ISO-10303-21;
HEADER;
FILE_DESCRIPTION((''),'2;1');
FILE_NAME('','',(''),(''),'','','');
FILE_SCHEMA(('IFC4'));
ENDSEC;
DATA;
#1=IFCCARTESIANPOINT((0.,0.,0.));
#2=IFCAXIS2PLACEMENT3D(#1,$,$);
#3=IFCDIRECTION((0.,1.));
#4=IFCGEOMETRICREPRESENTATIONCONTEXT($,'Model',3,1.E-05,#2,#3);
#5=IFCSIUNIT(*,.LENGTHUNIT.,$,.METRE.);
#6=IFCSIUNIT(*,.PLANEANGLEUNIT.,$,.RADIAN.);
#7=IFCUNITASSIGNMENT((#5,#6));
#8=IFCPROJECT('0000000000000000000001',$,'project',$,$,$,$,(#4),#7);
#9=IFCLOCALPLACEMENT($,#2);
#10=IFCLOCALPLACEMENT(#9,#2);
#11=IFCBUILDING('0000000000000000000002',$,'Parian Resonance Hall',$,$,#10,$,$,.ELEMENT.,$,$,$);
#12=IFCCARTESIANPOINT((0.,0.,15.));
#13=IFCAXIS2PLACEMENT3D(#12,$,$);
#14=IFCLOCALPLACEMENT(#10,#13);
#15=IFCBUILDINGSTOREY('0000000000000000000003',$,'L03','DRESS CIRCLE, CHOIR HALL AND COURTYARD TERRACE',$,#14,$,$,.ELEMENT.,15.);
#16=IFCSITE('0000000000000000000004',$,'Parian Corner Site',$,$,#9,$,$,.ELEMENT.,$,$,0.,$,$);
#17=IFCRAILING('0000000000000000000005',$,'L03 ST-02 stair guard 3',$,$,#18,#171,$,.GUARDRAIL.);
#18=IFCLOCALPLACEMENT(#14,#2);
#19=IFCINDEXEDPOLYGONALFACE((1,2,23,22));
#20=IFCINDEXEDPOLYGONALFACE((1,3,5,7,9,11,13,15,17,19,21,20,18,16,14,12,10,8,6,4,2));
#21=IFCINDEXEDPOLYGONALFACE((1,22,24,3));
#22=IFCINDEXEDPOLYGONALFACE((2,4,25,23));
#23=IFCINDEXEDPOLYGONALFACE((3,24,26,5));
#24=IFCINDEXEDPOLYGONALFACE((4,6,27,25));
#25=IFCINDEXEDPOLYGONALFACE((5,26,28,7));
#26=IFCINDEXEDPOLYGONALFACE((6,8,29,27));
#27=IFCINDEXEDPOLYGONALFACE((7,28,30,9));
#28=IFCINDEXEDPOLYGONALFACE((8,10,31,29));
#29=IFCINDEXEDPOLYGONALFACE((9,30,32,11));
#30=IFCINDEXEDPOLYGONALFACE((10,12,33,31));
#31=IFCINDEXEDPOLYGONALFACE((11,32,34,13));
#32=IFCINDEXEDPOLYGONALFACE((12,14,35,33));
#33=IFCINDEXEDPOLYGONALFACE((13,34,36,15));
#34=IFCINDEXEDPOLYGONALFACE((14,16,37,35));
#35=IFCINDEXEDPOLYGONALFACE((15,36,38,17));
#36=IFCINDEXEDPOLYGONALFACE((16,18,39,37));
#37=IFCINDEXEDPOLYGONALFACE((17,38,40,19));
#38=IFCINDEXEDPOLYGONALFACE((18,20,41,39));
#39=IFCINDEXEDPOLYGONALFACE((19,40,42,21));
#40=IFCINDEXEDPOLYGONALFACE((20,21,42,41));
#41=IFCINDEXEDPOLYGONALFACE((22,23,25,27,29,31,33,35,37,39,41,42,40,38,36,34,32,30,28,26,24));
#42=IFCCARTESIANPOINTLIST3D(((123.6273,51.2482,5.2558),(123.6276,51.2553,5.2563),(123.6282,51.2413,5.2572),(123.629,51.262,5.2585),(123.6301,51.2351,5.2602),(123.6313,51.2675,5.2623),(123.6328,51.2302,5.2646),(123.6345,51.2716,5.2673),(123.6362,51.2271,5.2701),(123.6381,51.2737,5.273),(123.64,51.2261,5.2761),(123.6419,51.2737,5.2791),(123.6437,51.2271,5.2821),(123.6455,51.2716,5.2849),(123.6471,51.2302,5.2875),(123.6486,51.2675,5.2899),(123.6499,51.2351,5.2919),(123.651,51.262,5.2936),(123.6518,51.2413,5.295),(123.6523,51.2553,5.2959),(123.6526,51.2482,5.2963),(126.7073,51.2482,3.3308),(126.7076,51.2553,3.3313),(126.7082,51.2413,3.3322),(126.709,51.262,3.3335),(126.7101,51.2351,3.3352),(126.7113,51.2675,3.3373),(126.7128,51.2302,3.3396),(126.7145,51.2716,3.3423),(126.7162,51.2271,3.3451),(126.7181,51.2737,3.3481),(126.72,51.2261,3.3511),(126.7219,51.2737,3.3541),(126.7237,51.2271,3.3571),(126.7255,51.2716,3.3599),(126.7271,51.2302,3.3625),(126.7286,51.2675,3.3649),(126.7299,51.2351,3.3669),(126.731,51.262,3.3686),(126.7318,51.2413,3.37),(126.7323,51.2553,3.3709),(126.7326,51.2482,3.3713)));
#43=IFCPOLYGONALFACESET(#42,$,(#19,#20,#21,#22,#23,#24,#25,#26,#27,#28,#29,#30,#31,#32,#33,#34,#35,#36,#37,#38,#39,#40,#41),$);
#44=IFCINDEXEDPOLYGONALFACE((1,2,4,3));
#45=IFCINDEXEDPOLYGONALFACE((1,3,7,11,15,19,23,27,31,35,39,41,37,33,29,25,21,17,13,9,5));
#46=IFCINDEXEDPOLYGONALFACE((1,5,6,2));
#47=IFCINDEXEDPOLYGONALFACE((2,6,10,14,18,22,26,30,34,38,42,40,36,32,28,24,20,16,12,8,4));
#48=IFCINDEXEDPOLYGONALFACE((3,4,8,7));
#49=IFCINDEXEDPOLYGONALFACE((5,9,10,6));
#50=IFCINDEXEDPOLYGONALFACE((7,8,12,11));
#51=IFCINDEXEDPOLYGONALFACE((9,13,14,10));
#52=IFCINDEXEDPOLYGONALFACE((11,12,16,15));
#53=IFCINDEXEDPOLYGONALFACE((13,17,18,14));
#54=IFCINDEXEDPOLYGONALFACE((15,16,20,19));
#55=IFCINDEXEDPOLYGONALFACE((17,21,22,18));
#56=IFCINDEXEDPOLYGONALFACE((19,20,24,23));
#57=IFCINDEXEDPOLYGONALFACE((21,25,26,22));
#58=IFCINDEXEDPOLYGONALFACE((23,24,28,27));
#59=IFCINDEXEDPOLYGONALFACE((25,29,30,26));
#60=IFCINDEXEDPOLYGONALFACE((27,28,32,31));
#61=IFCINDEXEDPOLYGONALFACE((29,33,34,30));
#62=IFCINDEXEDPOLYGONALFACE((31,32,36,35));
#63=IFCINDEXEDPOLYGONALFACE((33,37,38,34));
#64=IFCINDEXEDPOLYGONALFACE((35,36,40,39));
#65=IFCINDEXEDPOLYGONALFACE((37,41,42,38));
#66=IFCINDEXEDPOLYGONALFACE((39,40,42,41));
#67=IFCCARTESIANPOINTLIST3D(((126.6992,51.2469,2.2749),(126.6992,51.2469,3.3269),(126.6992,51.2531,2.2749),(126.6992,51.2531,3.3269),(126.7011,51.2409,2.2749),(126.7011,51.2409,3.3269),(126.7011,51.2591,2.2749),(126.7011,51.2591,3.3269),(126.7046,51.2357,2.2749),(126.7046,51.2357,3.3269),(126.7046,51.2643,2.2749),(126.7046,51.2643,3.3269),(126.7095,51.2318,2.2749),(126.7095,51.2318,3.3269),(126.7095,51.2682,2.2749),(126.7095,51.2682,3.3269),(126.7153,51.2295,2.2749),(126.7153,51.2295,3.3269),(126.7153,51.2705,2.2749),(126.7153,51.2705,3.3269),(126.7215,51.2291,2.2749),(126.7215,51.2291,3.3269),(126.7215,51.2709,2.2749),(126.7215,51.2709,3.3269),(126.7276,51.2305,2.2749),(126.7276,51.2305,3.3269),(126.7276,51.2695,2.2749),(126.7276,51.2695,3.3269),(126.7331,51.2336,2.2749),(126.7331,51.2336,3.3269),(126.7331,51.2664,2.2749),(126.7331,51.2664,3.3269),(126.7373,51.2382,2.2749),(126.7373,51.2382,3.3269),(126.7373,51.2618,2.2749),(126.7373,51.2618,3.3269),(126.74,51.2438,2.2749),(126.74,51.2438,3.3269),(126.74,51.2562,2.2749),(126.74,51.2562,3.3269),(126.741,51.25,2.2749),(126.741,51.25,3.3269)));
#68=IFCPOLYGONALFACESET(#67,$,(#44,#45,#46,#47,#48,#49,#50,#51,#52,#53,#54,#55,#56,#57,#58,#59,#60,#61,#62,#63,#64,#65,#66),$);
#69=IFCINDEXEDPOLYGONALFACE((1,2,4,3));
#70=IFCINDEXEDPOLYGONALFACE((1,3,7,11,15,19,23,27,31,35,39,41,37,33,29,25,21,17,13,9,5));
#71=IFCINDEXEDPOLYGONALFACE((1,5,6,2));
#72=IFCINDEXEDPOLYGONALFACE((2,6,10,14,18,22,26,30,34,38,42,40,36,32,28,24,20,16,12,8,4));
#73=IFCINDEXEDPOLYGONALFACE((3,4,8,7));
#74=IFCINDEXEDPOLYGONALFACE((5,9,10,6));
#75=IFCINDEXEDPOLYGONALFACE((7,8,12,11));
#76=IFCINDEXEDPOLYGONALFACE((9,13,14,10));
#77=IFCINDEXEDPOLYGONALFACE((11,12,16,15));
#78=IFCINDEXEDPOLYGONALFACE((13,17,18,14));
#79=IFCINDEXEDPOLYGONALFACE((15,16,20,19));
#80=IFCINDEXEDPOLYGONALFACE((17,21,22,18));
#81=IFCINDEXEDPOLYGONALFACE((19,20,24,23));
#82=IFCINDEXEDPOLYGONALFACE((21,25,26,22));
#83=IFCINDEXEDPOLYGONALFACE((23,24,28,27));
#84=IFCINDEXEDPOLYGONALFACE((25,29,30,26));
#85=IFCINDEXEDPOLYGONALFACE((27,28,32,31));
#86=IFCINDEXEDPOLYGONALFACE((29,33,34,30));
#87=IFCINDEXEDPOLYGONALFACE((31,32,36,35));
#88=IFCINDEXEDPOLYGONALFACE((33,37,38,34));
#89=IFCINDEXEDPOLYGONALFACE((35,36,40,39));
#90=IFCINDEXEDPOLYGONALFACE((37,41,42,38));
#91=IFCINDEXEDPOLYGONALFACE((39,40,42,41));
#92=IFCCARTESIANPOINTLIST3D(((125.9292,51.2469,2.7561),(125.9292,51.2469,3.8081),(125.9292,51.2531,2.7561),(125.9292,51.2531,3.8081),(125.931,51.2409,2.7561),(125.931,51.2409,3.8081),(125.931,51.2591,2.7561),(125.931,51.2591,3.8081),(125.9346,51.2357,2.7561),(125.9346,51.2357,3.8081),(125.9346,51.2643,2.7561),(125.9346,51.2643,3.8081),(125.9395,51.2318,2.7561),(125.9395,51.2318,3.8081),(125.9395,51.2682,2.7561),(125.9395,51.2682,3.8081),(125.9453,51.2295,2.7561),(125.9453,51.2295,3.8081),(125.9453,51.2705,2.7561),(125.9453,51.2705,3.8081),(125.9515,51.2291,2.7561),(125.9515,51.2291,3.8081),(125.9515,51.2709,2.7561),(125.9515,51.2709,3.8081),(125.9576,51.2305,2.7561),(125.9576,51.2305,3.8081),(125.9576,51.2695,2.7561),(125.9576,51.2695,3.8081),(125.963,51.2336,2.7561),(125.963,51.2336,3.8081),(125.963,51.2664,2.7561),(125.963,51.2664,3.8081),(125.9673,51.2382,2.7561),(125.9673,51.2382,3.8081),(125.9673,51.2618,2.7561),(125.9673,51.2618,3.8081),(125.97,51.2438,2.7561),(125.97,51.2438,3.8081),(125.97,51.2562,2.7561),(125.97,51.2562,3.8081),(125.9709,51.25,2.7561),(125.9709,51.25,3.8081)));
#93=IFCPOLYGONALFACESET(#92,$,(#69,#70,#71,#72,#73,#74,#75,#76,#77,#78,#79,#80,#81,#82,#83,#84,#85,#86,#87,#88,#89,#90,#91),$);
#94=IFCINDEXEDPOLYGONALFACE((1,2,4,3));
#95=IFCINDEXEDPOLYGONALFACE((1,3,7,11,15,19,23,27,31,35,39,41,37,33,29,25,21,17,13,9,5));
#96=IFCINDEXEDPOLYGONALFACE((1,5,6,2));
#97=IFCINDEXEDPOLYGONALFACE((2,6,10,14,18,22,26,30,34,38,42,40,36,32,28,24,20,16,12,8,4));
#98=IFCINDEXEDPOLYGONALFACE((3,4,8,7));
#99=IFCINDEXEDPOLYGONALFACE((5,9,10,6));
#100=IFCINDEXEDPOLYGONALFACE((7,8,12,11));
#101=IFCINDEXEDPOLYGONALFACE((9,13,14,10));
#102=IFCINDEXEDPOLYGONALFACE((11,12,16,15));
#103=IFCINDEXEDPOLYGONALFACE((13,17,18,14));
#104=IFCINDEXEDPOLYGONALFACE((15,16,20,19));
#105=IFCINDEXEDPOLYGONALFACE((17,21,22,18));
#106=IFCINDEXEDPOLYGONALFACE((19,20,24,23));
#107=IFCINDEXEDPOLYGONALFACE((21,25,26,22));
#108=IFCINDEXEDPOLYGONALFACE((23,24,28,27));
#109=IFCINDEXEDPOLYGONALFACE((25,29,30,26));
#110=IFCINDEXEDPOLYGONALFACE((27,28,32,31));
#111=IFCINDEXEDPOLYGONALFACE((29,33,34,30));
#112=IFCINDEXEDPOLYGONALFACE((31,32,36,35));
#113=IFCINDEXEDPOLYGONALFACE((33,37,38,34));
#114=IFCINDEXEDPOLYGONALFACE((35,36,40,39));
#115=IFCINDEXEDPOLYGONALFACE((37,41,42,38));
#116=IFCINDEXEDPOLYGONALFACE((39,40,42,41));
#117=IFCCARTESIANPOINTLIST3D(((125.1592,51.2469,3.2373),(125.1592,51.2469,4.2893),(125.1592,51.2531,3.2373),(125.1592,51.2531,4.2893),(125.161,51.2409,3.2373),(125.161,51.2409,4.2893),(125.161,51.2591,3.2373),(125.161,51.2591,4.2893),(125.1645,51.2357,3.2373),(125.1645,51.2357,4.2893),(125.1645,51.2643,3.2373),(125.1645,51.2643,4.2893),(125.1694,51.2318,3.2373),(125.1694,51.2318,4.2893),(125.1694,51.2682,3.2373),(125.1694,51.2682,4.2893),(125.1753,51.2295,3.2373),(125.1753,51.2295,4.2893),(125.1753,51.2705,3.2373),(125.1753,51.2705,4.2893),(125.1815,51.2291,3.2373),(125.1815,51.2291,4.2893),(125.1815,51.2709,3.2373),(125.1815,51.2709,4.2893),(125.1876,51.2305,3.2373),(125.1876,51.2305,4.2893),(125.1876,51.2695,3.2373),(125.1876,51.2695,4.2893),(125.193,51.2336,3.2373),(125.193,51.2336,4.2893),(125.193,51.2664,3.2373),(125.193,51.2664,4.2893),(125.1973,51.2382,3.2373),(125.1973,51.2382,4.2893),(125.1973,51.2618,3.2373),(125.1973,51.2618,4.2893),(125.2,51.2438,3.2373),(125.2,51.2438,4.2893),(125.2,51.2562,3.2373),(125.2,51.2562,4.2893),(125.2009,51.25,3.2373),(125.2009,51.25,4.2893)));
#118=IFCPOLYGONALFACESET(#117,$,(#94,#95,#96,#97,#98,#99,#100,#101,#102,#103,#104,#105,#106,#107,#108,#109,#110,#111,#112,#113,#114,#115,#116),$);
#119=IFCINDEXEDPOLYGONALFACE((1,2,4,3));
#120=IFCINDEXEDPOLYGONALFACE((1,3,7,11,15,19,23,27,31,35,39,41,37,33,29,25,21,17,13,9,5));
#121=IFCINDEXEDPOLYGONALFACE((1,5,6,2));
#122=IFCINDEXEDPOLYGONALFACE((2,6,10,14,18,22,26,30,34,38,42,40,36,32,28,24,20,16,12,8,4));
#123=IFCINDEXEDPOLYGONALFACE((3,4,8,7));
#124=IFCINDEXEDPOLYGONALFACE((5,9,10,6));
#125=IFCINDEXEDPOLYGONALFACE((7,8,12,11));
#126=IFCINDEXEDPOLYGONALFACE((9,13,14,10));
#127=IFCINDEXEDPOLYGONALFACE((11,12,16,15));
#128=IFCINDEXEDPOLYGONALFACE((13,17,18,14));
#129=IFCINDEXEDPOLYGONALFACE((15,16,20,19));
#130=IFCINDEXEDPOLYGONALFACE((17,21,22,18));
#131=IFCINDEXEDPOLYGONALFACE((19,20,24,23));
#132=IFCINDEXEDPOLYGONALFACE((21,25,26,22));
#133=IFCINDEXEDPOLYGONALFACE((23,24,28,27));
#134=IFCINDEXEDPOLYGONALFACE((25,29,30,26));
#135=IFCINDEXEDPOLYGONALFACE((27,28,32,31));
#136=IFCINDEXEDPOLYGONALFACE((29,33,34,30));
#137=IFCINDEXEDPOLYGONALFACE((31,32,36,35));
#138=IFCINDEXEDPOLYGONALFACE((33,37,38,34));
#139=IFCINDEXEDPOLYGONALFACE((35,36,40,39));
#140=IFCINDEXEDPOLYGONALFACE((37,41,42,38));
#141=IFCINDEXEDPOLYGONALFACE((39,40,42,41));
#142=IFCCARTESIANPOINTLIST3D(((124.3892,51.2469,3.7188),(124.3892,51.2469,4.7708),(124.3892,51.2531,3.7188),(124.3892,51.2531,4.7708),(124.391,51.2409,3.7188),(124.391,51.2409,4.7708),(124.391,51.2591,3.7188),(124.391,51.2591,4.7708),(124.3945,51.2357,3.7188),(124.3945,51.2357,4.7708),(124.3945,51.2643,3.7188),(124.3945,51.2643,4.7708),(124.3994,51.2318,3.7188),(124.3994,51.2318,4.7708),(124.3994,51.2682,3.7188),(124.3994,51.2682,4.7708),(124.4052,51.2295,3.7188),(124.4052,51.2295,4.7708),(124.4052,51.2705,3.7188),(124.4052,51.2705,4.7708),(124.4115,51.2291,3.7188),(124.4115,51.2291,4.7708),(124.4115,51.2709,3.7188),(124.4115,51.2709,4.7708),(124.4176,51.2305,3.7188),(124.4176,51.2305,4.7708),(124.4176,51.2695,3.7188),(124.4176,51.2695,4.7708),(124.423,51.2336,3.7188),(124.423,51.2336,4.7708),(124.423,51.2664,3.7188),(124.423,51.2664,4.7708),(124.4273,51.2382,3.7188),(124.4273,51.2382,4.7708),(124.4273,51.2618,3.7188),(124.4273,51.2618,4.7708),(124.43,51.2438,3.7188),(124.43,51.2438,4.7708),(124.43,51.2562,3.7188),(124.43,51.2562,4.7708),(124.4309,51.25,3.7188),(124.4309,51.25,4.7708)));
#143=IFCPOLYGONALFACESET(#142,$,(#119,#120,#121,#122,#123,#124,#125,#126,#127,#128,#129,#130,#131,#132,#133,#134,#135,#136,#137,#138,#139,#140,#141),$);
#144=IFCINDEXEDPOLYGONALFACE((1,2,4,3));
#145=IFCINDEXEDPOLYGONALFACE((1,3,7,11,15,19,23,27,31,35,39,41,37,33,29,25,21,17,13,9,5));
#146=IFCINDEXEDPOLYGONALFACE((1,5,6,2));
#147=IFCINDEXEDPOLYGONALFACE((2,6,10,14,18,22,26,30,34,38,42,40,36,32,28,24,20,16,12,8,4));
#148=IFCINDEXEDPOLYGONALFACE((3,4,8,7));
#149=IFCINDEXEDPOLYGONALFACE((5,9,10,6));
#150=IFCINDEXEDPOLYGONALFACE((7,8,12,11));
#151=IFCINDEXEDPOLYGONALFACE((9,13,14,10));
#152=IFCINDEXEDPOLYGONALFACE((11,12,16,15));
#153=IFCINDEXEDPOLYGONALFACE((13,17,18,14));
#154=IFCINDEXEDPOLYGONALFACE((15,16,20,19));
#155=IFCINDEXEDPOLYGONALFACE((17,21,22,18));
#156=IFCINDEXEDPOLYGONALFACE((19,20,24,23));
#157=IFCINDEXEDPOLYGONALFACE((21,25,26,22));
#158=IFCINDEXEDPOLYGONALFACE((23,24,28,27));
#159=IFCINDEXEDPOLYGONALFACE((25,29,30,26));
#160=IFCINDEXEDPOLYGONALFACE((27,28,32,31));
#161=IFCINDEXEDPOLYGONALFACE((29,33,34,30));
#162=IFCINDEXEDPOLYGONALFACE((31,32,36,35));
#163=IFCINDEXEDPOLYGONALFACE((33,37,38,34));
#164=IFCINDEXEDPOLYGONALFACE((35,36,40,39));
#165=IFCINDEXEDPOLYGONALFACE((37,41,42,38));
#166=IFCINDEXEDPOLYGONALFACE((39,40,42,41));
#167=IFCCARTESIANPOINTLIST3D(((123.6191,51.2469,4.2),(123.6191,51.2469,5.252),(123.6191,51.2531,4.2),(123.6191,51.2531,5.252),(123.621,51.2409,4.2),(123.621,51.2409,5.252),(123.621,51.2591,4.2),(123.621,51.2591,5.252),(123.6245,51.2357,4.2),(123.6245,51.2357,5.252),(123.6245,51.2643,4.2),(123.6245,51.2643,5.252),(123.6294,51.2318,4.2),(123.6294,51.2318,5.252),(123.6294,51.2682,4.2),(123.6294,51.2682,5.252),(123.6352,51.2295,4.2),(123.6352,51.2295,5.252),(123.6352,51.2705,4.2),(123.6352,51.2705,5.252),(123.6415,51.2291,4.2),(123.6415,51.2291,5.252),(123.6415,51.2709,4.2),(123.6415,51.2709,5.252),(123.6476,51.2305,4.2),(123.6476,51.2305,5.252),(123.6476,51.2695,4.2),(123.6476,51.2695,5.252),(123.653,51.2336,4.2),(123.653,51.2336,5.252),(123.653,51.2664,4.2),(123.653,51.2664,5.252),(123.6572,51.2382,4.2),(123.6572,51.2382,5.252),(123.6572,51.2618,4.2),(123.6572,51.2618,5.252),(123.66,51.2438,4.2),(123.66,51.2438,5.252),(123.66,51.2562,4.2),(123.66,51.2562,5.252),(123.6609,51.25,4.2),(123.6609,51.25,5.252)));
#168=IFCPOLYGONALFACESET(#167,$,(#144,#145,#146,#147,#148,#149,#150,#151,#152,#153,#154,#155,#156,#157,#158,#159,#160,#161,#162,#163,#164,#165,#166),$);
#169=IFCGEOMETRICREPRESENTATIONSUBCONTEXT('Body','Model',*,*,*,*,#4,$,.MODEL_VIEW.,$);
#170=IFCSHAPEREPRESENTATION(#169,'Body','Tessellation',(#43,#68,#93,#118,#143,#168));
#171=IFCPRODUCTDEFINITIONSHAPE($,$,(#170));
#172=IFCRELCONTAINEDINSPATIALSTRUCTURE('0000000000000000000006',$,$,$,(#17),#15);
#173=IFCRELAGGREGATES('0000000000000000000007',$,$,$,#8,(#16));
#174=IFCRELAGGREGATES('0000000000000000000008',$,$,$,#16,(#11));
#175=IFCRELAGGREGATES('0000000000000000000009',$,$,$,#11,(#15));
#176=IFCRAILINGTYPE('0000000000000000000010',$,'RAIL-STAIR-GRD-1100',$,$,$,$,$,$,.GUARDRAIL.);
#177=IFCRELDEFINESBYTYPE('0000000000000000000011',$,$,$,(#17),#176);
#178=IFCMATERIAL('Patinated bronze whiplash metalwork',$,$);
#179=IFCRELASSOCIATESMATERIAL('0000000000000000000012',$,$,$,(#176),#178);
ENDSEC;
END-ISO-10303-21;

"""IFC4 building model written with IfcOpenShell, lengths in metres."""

from ifc_helpers import new_model, si_unit, direction, frame, origin, origin_2d, place, context, subcontext, project, spatial, circle, extrude, material, type_object, element, save


model = new_model("IFC4")

# Units and contexts
model_context = context("Model", 3, precision=1e-05, world=origin(), true_north=direction((0.0, 1.0)))
body_context = subcontext(model_context, "Body", "Model", "MODEL_VIEW")
ifc_project = project(units=[si_unit("LENGTHUNIT", "METRE"), si_unit("PLANEANGLEUNIT", "RADIAN")], contexts=[model_context])

# Site, building, storey
site_placement = place(None, origin())
site = spatial("IfcSite", under=ifc_project, at=site_placement, Name="Parian Corner Site", CompositionType="ELEMENT", RefElevation=0.0)
building_placement = place(site_placement, origin())
building = spatial("IfcBuilding", under=site, at=building_placement, Name="Parian Resonance Hall", CompositionType="ELEMENT")
storey_placement = place(building_placement, frame((0.0, 0.0, 15.0)))
storey = spatial("IfcBuildingStorey", under=building, at=storey_placement, Name="L03", Description="DRESS CIRCLE, CHOIR HALL AND COURTYARD TERRACE", CompositionType="ELEMENT", Elevation=15.0)

# Railing
ifc_material_1 = material(Name="Patinated bronze whiplash metalwork")
railing_type_1 = type_object("IfcRailingType", Name="RAIL-STAIR-GRD-1100", PredefinedType="GUARDRAIL", material=ifc_material_1)
railing_1_placement = place(storey_placement, frame((126.72, 51.25, 2.2749)))
element("IfcRailing", 1, at=railing_1_placement, inside=storey, type_object=railing_type_1, Name="L03 ST-02 stair guard 3", PredefinedType="GUARDRAIL", context=body_context, shape_type="SweptSolid", body=[
    extrude(circle(Radius=0.0239, at=origin_2d()), frame((0.0, 0.0, 1.0762), z_axis=(-0.847998, 0.0, 0.529999), x_axis=(0.0, -1.0, 0.0)), (0.0, 0.0, 1.0), 3.6321),
    extrude(circle(Radius=0.021, at=origin_2d()), origin(), (0.0, 0.0, 1.0), 1.052),
    extrude(circle(Radius=0.021, at=origin_2d()), frame((-0.77, 0.0, 0.4812)), (0.0, 0.0, 1.0), 1.052),
    extrude(circle(Radius=0.021, at=origin_2d()), frame((-1.54, 0.0, 0.9624)), (0.0, 0.0, 1.0), 1.052),
    extrude(circle(Radius=0.021, at=origin_2d()), frame((-2.3101, 0.0, 1.4438)), (0.0, 0.0, 1.0), 1.052),
    extrude(circle(Radius=0.021, at=origin_2d()), frame((-3.0801, 0.0, 1.925)), (0.0, 0.0, 1.0), 1.052),
])

save(model, "model.ifc")
